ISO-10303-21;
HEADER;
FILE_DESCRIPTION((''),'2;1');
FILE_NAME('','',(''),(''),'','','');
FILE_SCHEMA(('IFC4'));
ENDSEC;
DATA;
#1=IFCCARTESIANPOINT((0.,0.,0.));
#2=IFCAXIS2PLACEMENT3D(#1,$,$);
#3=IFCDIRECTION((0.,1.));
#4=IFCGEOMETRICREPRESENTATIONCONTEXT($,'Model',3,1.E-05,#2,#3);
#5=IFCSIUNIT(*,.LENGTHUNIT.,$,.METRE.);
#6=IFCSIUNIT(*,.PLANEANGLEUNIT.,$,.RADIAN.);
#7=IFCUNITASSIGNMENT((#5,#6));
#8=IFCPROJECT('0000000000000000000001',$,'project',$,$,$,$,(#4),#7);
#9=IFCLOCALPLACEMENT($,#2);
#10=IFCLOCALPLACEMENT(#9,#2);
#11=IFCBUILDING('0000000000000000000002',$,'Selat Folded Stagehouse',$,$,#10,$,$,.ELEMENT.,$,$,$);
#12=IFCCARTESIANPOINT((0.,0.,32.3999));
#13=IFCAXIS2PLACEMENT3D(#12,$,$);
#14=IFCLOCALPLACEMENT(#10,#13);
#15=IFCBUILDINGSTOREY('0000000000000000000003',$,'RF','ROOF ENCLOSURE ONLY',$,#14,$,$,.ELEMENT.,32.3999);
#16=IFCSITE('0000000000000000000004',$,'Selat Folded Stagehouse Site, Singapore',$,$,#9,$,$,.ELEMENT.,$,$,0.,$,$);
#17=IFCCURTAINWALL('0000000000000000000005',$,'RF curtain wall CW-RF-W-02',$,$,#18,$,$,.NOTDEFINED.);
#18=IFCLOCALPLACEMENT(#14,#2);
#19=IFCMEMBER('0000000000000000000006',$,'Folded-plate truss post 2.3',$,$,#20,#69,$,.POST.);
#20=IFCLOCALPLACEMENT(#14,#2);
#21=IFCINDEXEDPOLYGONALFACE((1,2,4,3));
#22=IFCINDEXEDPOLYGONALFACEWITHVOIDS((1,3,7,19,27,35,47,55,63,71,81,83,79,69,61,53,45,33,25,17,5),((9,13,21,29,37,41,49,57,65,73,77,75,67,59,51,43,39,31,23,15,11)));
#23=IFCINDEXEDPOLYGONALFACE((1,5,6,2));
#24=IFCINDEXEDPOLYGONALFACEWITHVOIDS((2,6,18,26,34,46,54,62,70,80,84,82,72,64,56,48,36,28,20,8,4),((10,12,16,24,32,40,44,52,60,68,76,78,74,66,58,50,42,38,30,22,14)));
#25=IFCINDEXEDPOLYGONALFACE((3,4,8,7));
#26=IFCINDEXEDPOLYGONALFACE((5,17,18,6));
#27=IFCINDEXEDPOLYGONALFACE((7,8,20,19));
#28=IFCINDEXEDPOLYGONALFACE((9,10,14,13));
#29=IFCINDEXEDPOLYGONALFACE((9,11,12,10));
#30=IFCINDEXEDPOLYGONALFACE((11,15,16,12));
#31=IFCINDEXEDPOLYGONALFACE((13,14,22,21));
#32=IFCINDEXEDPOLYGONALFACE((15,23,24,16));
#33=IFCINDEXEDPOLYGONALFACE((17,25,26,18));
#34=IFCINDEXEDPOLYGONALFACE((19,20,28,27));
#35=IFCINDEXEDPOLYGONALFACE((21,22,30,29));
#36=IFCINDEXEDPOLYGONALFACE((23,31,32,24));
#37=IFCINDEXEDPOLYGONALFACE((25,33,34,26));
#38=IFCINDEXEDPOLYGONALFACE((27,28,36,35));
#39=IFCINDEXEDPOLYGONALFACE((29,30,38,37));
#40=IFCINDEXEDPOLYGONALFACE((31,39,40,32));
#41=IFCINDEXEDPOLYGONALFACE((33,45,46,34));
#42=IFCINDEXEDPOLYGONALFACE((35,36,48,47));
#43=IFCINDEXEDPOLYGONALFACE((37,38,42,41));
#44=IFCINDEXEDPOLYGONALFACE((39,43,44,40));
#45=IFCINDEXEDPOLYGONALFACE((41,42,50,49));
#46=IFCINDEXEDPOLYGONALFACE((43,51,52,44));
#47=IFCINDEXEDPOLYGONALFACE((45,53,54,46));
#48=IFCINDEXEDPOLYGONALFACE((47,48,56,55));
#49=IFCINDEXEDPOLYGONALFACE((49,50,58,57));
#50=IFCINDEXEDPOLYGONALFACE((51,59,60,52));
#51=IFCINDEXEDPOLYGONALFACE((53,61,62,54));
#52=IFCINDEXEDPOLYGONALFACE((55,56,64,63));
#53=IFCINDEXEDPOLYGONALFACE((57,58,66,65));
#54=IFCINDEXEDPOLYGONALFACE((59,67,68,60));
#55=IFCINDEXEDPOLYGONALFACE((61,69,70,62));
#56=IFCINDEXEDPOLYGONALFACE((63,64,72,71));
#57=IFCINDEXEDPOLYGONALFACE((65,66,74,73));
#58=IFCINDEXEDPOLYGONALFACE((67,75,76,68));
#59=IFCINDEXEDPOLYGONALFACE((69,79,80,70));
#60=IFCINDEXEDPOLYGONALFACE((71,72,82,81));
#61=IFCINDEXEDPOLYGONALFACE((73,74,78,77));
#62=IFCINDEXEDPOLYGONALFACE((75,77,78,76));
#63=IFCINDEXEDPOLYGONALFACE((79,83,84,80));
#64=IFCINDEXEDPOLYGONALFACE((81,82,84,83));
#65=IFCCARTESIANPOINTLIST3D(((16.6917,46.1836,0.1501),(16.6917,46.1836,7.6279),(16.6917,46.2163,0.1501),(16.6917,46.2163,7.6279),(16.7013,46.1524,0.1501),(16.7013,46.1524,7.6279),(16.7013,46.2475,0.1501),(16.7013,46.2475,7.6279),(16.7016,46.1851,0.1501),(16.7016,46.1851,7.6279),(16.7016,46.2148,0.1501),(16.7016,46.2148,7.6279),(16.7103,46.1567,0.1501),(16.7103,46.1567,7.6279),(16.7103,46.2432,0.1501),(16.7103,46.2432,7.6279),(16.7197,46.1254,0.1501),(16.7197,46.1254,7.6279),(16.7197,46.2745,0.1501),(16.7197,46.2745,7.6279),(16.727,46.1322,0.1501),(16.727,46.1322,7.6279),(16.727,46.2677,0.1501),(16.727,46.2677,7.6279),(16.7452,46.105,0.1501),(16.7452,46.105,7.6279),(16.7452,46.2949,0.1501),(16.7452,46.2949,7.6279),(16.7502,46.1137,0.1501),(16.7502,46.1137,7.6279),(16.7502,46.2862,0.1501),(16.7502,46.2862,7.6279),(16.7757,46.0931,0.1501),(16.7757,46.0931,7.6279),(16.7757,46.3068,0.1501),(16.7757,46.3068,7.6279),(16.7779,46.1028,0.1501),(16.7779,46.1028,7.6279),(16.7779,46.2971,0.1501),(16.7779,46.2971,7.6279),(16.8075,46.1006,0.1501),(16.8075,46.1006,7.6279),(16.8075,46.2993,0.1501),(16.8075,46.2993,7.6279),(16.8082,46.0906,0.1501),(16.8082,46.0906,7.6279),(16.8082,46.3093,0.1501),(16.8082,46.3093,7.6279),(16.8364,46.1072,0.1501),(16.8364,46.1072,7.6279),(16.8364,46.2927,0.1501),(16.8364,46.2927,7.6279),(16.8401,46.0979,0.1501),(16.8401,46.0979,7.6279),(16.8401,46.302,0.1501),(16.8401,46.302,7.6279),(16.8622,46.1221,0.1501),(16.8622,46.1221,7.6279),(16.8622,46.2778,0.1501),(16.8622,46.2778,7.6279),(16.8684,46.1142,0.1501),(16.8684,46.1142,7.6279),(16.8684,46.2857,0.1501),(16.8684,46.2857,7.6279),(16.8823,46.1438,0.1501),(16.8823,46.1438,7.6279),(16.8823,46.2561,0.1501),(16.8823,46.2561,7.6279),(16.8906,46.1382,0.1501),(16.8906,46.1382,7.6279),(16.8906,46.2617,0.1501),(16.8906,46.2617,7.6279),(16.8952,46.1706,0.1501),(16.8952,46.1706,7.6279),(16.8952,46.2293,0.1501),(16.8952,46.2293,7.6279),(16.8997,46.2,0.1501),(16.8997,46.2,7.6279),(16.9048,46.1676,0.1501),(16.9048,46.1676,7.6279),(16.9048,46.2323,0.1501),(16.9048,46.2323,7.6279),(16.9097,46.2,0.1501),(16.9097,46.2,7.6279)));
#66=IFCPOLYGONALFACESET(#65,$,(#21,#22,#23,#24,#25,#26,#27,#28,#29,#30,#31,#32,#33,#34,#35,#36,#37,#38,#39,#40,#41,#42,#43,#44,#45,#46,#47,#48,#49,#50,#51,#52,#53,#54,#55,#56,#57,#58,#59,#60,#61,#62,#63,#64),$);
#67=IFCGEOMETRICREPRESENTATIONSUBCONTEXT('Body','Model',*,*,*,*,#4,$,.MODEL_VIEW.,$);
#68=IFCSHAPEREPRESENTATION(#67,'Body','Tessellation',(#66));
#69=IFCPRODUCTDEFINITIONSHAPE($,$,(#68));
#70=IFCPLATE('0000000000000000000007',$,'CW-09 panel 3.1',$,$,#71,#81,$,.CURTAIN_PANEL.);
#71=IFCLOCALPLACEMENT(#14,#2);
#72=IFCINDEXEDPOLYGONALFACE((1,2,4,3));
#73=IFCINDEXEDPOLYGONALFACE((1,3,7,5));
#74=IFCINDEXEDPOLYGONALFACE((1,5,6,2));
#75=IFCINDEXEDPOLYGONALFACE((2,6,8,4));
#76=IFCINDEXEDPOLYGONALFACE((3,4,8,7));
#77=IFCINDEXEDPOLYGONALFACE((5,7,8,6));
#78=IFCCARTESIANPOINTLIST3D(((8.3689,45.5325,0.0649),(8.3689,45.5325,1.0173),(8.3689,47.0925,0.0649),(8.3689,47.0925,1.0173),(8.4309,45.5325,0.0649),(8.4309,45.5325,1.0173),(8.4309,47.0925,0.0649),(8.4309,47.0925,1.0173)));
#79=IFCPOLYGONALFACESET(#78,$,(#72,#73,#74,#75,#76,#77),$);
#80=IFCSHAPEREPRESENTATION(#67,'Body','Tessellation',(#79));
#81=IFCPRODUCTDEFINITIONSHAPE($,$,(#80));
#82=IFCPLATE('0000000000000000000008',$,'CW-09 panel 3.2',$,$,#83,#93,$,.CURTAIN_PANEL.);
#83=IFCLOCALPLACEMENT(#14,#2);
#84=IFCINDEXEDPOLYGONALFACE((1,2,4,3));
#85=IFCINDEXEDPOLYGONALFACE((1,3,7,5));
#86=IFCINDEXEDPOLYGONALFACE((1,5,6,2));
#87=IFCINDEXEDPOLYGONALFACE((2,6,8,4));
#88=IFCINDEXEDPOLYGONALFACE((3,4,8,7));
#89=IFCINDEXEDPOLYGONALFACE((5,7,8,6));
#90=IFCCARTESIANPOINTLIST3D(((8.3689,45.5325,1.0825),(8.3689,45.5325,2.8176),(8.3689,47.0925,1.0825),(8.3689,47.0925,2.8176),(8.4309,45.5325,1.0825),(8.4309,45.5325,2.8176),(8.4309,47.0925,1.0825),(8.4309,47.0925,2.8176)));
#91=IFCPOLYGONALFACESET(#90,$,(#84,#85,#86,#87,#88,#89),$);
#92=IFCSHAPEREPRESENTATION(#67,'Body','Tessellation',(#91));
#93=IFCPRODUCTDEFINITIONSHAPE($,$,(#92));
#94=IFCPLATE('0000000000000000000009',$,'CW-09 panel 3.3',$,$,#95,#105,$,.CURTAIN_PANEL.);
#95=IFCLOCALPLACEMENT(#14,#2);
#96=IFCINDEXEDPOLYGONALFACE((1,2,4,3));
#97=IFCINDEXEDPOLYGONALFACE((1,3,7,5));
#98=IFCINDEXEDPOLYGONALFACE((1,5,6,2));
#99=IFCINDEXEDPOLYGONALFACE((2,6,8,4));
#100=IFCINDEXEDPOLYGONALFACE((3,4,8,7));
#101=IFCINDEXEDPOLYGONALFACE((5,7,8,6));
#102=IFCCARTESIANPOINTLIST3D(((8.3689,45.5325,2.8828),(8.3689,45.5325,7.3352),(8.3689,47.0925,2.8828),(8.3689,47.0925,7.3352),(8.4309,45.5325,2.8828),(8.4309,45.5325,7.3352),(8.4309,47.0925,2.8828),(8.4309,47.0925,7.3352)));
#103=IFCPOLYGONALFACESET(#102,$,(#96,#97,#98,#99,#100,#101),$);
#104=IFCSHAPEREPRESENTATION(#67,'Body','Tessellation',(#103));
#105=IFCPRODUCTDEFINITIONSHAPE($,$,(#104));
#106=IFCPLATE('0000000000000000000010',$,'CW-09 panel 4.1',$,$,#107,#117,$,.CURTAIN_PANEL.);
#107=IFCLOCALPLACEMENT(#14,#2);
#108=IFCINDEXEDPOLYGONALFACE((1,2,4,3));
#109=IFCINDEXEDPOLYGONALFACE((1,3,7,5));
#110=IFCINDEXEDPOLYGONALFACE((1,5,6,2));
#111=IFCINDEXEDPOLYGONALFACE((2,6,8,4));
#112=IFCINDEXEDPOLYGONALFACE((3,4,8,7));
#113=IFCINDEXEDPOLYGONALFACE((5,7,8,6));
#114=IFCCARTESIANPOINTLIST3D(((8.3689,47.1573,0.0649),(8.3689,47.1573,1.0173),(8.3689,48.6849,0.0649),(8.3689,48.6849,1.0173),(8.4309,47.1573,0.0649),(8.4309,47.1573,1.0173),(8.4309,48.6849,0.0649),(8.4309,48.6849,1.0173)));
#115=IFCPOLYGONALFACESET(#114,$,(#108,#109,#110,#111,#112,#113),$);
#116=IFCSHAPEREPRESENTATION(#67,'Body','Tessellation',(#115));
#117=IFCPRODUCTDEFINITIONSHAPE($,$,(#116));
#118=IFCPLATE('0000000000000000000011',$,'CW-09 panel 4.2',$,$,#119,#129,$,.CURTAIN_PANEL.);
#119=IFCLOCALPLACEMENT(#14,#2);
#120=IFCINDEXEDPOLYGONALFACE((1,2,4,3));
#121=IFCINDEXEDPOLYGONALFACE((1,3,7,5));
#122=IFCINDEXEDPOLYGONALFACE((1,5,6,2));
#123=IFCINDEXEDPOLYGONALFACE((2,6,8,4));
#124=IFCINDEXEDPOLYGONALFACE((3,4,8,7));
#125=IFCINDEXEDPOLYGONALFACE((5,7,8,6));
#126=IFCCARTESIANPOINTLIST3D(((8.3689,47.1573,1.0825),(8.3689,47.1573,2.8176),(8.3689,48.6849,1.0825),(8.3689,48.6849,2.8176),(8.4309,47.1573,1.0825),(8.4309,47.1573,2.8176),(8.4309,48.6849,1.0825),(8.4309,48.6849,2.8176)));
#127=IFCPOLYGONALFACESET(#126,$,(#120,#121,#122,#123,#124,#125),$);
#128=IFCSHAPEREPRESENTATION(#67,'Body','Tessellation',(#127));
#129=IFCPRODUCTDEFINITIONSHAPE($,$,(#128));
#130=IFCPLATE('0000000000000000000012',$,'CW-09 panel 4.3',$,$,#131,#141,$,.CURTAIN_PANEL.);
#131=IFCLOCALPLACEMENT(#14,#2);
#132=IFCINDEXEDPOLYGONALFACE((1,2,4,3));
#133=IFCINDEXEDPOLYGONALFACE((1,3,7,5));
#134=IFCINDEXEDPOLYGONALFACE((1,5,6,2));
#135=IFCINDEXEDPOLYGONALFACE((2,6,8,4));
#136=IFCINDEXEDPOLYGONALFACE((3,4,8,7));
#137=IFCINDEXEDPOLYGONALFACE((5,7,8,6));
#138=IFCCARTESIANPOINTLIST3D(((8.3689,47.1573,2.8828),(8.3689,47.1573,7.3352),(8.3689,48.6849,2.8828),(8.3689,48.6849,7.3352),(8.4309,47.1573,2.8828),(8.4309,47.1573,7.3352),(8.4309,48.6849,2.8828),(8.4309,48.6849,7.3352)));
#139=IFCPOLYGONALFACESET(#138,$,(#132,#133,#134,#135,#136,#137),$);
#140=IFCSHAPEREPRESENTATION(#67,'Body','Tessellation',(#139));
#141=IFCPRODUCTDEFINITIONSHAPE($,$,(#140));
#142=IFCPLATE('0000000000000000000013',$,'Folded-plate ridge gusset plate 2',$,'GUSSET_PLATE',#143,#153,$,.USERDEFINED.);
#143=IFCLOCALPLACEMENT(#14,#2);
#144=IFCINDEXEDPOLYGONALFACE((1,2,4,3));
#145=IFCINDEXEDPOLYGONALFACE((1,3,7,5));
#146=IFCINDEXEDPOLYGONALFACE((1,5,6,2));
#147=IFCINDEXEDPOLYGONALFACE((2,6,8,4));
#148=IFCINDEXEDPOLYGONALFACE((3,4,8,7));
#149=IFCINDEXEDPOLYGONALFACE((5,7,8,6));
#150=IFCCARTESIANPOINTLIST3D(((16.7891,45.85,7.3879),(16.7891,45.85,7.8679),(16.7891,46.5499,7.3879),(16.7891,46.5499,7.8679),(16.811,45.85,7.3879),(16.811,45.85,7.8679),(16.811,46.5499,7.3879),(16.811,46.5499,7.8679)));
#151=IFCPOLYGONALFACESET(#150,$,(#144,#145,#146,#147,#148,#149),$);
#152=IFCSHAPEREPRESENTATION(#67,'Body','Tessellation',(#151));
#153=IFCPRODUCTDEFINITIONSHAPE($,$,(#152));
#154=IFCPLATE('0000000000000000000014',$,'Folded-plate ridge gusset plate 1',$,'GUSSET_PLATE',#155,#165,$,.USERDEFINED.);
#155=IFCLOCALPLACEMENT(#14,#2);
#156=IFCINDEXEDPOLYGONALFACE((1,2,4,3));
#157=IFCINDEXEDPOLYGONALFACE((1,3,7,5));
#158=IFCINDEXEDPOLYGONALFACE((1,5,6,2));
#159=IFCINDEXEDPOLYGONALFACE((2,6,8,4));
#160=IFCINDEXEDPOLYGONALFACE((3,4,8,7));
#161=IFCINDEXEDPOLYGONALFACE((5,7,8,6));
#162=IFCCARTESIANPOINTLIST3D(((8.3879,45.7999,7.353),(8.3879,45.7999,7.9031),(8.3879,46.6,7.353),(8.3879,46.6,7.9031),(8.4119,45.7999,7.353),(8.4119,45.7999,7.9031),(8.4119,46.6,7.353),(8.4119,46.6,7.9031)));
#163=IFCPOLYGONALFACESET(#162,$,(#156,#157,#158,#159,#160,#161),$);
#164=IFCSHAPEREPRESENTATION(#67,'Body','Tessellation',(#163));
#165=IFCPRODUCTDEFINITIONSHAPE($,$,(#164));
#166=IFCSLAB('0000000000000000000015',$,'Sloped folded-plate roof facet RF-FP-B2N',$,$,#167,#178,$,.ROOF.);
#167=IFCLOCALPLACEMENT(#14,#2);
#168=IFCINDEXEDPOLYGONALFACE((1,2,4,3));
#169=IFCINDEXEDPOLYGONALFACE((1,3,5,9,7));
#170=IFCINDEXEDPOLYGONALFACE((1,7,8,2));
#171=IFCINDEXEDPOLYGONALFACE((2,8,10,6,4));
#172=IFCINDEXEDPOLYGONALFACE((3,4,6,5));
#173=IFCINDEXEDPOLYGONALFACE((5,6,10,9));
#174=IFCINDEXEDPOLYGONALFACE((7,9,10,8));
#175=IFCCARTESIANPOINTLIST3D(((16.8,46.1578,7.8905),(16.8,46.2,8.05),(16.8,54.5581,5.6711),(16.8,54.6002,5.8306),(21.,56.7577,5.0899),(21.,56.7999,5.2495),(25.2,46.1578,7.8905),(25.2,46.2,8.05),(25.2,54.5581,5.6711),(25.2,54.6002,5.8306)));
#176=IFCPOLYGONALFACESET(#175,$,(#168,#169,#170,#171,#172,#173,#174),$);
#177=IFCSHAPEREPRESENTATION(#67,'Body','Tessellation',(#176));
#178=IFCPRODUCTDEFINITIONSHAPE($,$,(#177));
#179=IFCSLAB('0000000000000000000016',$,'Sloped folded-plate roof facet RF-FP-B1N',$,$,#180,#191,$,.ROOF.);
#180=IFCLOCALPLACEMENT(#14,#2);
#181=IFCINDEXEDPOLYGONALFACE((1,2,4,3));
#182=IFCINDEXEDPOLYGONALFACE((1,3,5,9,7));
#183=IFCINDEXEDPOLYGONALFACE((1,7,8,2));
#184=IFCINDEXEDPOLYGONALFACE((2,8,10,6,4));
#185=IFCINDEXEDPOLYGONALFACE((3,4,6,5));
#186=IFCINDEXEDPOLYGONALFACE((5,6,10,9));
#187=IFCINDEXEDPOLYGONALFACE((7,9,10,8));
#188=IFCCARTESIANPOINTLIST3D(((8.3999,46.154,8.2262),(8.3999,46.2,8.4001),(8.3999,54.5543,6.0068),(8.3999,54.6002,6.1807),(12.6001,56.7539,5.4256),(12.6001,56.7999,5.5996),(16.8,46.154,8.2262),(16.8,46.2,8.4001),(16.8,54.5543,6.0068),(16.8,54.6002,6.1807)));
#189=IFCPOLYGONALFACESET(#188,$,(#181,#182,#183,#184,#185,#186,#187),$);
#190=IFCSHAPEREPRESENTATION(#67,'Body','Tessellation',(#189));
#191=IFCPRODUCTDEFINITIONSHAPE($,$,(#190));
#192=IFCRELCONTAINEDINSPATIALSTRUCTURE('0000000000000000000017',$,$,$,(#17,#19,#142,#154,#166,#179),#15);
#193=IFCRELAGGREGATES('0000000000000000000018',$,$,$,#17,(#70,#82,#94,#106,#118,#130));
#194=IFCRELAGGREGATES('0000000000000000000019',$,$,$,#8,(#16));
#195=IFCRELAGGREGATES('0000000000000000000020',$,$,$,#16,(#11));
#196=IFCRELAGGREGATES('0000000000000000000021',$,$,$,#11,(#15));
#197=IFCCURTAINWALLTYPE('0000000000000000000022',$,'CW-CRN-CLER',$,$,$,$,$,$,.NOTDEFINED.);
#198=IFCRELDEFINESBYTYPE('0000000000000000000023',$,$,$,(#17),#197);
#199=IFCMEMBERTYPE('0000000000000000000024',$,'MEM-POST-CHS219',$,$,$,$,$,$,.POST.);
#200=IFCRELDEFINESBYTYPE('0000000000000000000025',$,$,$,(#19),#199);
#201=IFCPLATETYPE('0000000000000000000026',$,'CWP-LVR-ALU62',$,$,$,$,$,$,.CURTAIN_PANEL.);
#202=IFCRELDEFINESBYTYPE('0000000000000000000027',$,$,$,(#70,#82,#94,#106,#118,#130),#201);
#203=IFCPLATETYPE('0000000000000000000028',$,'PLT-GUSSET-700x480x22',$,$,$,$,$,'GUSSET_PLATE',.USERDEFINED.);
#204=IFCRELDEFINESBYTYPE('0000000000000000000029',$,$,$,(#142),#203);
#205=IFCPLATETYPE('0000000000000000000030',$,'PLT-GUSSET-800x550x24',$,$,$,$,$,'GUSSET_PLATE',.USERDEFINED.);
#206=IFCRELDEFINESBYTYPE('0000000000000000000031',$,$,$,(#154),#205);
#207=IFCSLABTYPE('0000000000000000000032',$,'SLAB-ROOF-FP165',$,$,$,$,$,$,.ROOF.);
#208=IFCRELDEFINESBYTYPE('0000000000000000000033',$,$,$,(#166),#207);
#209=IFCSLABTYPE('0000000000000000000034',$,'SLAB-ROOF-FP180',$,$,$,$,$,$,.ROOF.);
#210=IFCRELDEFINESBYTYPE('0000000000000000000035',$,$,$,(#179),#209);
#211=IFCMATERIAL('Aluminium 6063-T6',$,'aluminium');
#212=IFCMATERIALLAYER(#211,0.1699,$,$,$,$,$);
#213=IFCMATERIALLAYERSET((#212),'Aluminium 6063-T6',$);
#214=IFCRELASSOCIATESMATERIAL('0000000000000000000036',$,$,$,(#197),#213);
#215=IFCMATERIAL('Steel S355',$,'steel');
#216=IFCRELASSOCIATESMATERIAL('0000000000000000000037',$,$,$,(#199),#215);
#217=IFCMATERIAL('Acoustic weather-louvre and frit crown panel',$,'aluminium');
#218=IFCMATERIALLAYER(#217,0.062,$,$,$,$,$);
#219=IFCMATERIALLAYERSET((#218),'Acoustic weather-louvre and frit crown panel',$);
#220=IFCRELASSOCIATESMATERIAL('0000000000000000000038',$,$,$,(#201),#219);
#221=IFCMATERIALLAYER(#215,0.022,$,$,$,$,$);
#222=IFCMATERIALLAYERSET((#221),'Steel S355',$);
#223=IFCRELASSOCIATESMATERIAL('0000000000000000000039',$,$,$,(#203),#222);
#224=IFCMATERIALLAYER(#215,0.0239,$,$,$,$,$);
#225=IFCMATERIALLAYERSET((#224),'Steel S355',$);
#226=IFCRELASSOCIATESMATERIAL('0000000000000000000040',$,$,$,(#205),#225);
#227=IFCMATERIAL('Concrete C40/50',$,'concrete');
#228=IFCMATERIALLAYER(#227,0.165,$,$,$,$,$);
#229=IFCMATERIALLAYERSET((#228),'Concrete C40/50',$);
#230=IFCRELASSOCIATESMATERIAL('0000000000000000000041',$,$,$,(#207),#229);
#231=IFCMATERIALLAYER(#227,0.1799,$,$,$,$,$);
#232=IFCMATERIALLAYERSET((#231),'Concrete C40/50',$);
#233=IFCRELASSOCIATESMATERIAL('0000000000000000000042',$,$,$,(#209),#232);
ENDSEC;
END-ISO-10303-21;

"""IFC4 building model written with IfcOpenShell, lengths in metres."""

from ifc_helpers import new_model, si_unit, direction, frame, origin, origin_2d, place, context, subcontext, project, spatial, polyline, rectangle, hollow_circle, outline, extrude, material, layer, layer_set, material_profile, profile_set, type_object, element, aggregate, save


model = new_model("IFC4")

# Units and contexts
model_context = context("Model", 3, precision=1e-05, world=origin(), true_north=direction((0.0, 1.0)))
body_context = subcontext(model_context, "Body", "Model", "MODEL_VIEW")
ifc_project = project(units=[si_unit("LENGTHUNIT", "METRE"), si_unit("PLANEANGLEUNIT", "RADIAN")], contexts=[model_context])

# Site, building, storey
site_placement = place(None, origin())
site = spatial("IfcSite", under=ifc_project, at=site_placement, Name="Selat Folded Stagehouse Site, Singapore", CompositionType="ELEMENT", RefElevation=0.0)
building_placement = place(site_placement, origin())
building = spatial("IfcBuilding", under=site, at=building_placement, Name="Selat Folded Stagehouse", CompositionType="ELEMENT")
storey_placement = place(building_placement, frame((0.0, 0.0, 32.3999)))
storey = spatial("IfcBuildingStorey", under=building, at=storey_placement, Name="RF", Description="ROOF ENCLOSURE ONLY", CompositionType="ELEMENT", Elevation=32.3999)

# Shared definitions
ifc_material_1 = material(Name="Steel S355", Category="steel")

# Curtain wall
ifc_material_2 = material(Name="Aluminium 6063-T6", Category="aluminium")
ifc_layer_1 = layer(ifc_material_2, 0.1699)
ifc_layer_set_1 = layer_set([ifc_layer_1], Name="Aluminium 6063-T6")
curtain_wall_type = type_object("IfcCurtainWallType", Name="CW-CRN-CLER", PredefinedType="NOTDEFINED", material=ifc_layer_set_1)
curtain_wall_1_placement = place(storey_placement, origin())
curtain_wall_1 = element("IfcCurtainWall", 1, at=curtain_wall_1_placement, inside=storey, type_object=curtain_wall_type, Name="RF curtain wall CW-RF-W-02", PredefinedType="NOTDEFINED")

# Member
ifc_material_profile_1 = material_profile(ifc_material_1, hollow_circle(Radius=0.1096, WallThickness=0.01, at=origin_2d()), Name="CHS 219.1x10.0")
ifc_profile_set_1 = profile_set([ifc_material_profile_1], Name="Steel S355")
member_type_1 = type_object("IfcMemberType", Name="MEM-POST-CHS219", PredefinedType="POST", material=ifc_profile_set_1)
for number, where, z_axis, x_axis, name in (
    (2, (16.8, 46.2, 0.1501), (0.0, 0.0, 1.0), (1.0, 0.0, 0.0), "Folded-plate truss post 2.3"),
):
    element("IfcMember", number, at=place(storey_placement, frame(where, z_axis=z_axis, x_axis=x_axis)), inside=storey, type_object=member_type_1, Name=name, PredefinedType="POST", context=body_context, shape_type="SweptSolid", body=[
        extrude(hollow_circle(Radius=0.1096, WallThickness=0.01, at=origin_2d()), origin(), (0.0, 0.0, 1.0), 7.4778),
    ])

# Plates
ifc_material_3 = material(Name="Acoustic weather-louvre and frit crown panel", Category="aluminium")
ifc_layer_2 = layer(ifc_material_3, 0.062)
ifc_layer_set_2 = layer_set([ifc_layer_2], Name="Acoustic weather-louvre and frit crown panel")
plate_type_1 = type_object("IfcPlateType", Name="CWP-LVR-ALU62", PredefinedType="CURTAIN_PANEL", material=ifc_layer_set_2)
plate_1_placement = place(storey_placement, frame((8.3999, 46.3125, 0.0649), z_axis=(0.0, 0.0, 1.0), x_axis=(0.0, 1.0, 0.0)))
plate_1 = element("IfcPlate", 3, at=plate_1_placement, type_object=plate_type_1, Name="CW-09 panel 3.1", PredefinedType="CURTAIN_PANEL", context=body_context, shape_type="SweptSolid", body=[
    extrude(rectangle(XDim=1.5601, YDim=0.062, at=origin_2d()), origin(), (0.0, 0.0, 1.0), 0.9524),
])
plate_2_placement = place(storey_placement, frame((8.3999, 46.3125, 1.0825), z_axis=(0.0, 0.0, 1.0), x_axis=(0.0, 1.0, 0.0)))
plate_2 = element("IfcPlate", 4, at=plate_2_placement, type_object=plate_type_1, Name="CW-09 panel 3.2", PredefinedType="CURTAIN_PANEL", context=body_context, shape_type="SweptSolid", body=[
    extrude(rectangle(XDim=1.5601, YDim=0.062, at=origin_2d()), origin(), (0.0, 0.0, 1.0), 1.7351),
])
plate_3_placement = place(storey_placement, frame((8.3999, 46.3125, 2.8828), z_axis=(0.0, 0.0, 1.0), x_axis=(0.0, 1.0, 0.0)))
plate_3 = element("IfcPlate", 5, at=plate_3_placement, type_object=plate_type_1, Name="CW-09 panel 3.3", PredefinedType="CURTAIN_PANEL", context=body_context, shape_type="SweptSolid", body=[
    extrude(rectangle(XDim=1.5601, YDim=0.062, at=origin_2d()), origin(), (0.0, 0.0, 1.0), 4.4524),
])
plate_4_placement = place(storey_placement, frame((8.3999, 47.9211, 0.0649), z_axis=(0.0, 0.0, 1.0), x_axis=(0.0, 1.0, 0.0)))
plate_4 = element("IfcPlate", 6, at=plate_4_placement, type_object=plate_type_1, Name="CW-09 panel 4.1", PredefinedType="CURTAIN_PANEL", context=body_context, shape_type="SweptSolid", body=[
    extrude(rectangle(XDim=1.5276, YDim=0.062, at=origin_2d()), origin(), (0.0, 0.0, 1.0), 0.9524),
])
plate_5_placement = place(storey_placement, frame((8.3999, 47.9211, 1.0825), z_axis=(0.0, 0.0, 1.0), x_axis=(0.0, 1.0, 0.0)))
plate_5 = element("IfcPlate", 7, at=plate_5_placement, type_object=plate_type_1, Name="CW-09 panel 4.2", PredefinedType="CURTAIN_PANEL", context=body_context, shape_type="SweptSolid", body=[
    extrude(rectangle(XDim=1.5276, YDim=0.062, at=origin_2d()), origin(), (0.0, 0.0, 1.0), 1.7351),
])
plate_6_placement = place(storey_placement, frame((8.3999, 47.9211, 2.8828), z_axis=(0.0, 0.0, 1.0), x_axis=(0.0, 1.0, 0.0)))
plate_6 = element("IfcPlate", 8, at=plate_6_placement, type_object=plate_type_1, Name="CW-09 panel 4.3", PredefinedType="CURTAIN_PANEL", context=body_context, shape_type="SweptSolid", body=[
    extrude(rectangle(XDim=1.5276, YDim=0.062, at=origin_2d()), origin(), (0.0, 0.0, 1.0), 4.4524),
])
aggregate(curtain_wall_1, [plate_1, plate_2, plate_3, plate_4, plate_5, plate_6])

# Plates
ifc_layer_3 = layer(ifc_material_1, 0.022)
ifc_layer_set_3 = layer_set([ifc_layer_3], Name="Steel S355")
plate_type_2 = type_object("IfcPlateType", Name="PLT-GUSSET-700x480x22", ElementType="GUSSET_PLATE", PredefinedType="USERDEFINED", material=ifc_layer_set_3)
plate_7_placement = place(storey_placement, frame((16.8, 46.2, 7.3879), z_axis=(0.0, 0.0, 1.0), x_axis=(1.0, 0.0, 0.0)))
element("IfcPlate", 9, at=plate_7_placement, inside=storey, type_object=plate_type_2, Name="Folded-plate ridge gusset plate 2", ObjectType="GUSSET_PLATE", PredefinedType="USERDEFINED", context=body_context, shape_type="SweptSolid", body=[
    extrude(rectangle(XDim=0.022, YDim=0.7, at=origin_2d()), origin(), (0.0, 0.0, 1.0), 0.48),
])
ifc_layer_4 = layer(ifc_material_1, 0.0239)
ifc_layer_set_4 = layer_set([ifc_layer_4], Name="Steel S355")
plate_type_3 = type_object("IfcPlateType", Name="PLT-GUSSET-800x550x24", ElementType="GUSSET_PLATE", PredefinedType="USERDEFINED", material=ifc_layer_set_4)
plate_8_placement = place(storey_placement, frame((8.3999, 46.2, 7.353), z_axis=(0.0, 0.0, 1.0), x_axis=(1.0, 0.0, 0.0)))
element("IfcPlate", 10, at=plate_8_placement, inside=storey, type_object=plate_type_3, Name="Folded-plate ridge gusset plate 1", ObjectType="GUSSET_PLATE", PredefinedType="USERDEFINED", context=body_context, shape_type="SweptSolid", body=[
    extrude(rectangle(XDim=0.0239, YDim=0.8, at=origin_2d()), origin(), (0.0, 0.0, 1.0), 0.55),
])

# Slabs
ifc_material_4 = material(Name="Concrete C40/50", Category="concrete")
ifc_layer_5 = layer(ifc_material_4, 0.165)
ifc_layer_set_5 = layer_set([ifc_layer_5], Name="Concrete C40/50")
slab_type_1 = type_object("IfcSlabType", Name="SLAB-ROOF-FP165", PredefinedType="ROOF", material=ifc_layer_set_5)
slab_1_placement = place(storey_placement, frame((16.8, 46.2, 8.05), z_axis=(0.0, 0.255443, 0.966824), x_axis=(1.0, 0.0, 0.0)))
element("IfcSlab", 11, at=slab_1_placement, inside=storey, type_object=slab_type_1, Name="Sloped folded-plate roof facet RF-FP-B2N", PredefinedType="ROOF", context=body_context, shape_type="SweptSolid", body=[
    extrude(outline(polyline([(0.0, 0.0), (8.3999, 0.0), (8.3999, 8.6885), (4.2, 10.9637), (0.0, 8.6885), (0.0, 0.0)])), origin(), (0.0, 0.0, -1.0), 0.165),
])
ifc_layer_6 = layer(ifc_material_4, 0.1799)
ifc_layer_set_6 = layer_set([ifc_layer_6], Name="Concrete C40/50")
slab_type_2 = type_object("IfcSlabType", Name="SLAB-ROOF-FP180", PredefinedType="ROOF", material=ifc_layer_set_6)
slab_2_placement = place(storey_placement, frame((8.3999, 46.2, 8.4001), z_axis=(0.0, 0.255443, 0.966824), x_axis=(1.0, 0.0, 0.0)))
element("IfcSlab", 12, at=slab_2_placement, inside=storey, type_object=slab_type_2, Name="Sloped folded-plate roof facet RF-FP-B1N", PredefinedType="ROOF", context=body_context, shape_type="SweptSolid", body=[
    extrude(outline(polyline([(0.0, 0.0), (8.4001, 0.0), (8.4001, 8.6885), (4.2002, 10.9637), (0.0, 8.6885), (0.0, 0.0)])), origin(), (0.0, 0.0, -1.0), 0.1799),
])

save(model, "model.ifc")
